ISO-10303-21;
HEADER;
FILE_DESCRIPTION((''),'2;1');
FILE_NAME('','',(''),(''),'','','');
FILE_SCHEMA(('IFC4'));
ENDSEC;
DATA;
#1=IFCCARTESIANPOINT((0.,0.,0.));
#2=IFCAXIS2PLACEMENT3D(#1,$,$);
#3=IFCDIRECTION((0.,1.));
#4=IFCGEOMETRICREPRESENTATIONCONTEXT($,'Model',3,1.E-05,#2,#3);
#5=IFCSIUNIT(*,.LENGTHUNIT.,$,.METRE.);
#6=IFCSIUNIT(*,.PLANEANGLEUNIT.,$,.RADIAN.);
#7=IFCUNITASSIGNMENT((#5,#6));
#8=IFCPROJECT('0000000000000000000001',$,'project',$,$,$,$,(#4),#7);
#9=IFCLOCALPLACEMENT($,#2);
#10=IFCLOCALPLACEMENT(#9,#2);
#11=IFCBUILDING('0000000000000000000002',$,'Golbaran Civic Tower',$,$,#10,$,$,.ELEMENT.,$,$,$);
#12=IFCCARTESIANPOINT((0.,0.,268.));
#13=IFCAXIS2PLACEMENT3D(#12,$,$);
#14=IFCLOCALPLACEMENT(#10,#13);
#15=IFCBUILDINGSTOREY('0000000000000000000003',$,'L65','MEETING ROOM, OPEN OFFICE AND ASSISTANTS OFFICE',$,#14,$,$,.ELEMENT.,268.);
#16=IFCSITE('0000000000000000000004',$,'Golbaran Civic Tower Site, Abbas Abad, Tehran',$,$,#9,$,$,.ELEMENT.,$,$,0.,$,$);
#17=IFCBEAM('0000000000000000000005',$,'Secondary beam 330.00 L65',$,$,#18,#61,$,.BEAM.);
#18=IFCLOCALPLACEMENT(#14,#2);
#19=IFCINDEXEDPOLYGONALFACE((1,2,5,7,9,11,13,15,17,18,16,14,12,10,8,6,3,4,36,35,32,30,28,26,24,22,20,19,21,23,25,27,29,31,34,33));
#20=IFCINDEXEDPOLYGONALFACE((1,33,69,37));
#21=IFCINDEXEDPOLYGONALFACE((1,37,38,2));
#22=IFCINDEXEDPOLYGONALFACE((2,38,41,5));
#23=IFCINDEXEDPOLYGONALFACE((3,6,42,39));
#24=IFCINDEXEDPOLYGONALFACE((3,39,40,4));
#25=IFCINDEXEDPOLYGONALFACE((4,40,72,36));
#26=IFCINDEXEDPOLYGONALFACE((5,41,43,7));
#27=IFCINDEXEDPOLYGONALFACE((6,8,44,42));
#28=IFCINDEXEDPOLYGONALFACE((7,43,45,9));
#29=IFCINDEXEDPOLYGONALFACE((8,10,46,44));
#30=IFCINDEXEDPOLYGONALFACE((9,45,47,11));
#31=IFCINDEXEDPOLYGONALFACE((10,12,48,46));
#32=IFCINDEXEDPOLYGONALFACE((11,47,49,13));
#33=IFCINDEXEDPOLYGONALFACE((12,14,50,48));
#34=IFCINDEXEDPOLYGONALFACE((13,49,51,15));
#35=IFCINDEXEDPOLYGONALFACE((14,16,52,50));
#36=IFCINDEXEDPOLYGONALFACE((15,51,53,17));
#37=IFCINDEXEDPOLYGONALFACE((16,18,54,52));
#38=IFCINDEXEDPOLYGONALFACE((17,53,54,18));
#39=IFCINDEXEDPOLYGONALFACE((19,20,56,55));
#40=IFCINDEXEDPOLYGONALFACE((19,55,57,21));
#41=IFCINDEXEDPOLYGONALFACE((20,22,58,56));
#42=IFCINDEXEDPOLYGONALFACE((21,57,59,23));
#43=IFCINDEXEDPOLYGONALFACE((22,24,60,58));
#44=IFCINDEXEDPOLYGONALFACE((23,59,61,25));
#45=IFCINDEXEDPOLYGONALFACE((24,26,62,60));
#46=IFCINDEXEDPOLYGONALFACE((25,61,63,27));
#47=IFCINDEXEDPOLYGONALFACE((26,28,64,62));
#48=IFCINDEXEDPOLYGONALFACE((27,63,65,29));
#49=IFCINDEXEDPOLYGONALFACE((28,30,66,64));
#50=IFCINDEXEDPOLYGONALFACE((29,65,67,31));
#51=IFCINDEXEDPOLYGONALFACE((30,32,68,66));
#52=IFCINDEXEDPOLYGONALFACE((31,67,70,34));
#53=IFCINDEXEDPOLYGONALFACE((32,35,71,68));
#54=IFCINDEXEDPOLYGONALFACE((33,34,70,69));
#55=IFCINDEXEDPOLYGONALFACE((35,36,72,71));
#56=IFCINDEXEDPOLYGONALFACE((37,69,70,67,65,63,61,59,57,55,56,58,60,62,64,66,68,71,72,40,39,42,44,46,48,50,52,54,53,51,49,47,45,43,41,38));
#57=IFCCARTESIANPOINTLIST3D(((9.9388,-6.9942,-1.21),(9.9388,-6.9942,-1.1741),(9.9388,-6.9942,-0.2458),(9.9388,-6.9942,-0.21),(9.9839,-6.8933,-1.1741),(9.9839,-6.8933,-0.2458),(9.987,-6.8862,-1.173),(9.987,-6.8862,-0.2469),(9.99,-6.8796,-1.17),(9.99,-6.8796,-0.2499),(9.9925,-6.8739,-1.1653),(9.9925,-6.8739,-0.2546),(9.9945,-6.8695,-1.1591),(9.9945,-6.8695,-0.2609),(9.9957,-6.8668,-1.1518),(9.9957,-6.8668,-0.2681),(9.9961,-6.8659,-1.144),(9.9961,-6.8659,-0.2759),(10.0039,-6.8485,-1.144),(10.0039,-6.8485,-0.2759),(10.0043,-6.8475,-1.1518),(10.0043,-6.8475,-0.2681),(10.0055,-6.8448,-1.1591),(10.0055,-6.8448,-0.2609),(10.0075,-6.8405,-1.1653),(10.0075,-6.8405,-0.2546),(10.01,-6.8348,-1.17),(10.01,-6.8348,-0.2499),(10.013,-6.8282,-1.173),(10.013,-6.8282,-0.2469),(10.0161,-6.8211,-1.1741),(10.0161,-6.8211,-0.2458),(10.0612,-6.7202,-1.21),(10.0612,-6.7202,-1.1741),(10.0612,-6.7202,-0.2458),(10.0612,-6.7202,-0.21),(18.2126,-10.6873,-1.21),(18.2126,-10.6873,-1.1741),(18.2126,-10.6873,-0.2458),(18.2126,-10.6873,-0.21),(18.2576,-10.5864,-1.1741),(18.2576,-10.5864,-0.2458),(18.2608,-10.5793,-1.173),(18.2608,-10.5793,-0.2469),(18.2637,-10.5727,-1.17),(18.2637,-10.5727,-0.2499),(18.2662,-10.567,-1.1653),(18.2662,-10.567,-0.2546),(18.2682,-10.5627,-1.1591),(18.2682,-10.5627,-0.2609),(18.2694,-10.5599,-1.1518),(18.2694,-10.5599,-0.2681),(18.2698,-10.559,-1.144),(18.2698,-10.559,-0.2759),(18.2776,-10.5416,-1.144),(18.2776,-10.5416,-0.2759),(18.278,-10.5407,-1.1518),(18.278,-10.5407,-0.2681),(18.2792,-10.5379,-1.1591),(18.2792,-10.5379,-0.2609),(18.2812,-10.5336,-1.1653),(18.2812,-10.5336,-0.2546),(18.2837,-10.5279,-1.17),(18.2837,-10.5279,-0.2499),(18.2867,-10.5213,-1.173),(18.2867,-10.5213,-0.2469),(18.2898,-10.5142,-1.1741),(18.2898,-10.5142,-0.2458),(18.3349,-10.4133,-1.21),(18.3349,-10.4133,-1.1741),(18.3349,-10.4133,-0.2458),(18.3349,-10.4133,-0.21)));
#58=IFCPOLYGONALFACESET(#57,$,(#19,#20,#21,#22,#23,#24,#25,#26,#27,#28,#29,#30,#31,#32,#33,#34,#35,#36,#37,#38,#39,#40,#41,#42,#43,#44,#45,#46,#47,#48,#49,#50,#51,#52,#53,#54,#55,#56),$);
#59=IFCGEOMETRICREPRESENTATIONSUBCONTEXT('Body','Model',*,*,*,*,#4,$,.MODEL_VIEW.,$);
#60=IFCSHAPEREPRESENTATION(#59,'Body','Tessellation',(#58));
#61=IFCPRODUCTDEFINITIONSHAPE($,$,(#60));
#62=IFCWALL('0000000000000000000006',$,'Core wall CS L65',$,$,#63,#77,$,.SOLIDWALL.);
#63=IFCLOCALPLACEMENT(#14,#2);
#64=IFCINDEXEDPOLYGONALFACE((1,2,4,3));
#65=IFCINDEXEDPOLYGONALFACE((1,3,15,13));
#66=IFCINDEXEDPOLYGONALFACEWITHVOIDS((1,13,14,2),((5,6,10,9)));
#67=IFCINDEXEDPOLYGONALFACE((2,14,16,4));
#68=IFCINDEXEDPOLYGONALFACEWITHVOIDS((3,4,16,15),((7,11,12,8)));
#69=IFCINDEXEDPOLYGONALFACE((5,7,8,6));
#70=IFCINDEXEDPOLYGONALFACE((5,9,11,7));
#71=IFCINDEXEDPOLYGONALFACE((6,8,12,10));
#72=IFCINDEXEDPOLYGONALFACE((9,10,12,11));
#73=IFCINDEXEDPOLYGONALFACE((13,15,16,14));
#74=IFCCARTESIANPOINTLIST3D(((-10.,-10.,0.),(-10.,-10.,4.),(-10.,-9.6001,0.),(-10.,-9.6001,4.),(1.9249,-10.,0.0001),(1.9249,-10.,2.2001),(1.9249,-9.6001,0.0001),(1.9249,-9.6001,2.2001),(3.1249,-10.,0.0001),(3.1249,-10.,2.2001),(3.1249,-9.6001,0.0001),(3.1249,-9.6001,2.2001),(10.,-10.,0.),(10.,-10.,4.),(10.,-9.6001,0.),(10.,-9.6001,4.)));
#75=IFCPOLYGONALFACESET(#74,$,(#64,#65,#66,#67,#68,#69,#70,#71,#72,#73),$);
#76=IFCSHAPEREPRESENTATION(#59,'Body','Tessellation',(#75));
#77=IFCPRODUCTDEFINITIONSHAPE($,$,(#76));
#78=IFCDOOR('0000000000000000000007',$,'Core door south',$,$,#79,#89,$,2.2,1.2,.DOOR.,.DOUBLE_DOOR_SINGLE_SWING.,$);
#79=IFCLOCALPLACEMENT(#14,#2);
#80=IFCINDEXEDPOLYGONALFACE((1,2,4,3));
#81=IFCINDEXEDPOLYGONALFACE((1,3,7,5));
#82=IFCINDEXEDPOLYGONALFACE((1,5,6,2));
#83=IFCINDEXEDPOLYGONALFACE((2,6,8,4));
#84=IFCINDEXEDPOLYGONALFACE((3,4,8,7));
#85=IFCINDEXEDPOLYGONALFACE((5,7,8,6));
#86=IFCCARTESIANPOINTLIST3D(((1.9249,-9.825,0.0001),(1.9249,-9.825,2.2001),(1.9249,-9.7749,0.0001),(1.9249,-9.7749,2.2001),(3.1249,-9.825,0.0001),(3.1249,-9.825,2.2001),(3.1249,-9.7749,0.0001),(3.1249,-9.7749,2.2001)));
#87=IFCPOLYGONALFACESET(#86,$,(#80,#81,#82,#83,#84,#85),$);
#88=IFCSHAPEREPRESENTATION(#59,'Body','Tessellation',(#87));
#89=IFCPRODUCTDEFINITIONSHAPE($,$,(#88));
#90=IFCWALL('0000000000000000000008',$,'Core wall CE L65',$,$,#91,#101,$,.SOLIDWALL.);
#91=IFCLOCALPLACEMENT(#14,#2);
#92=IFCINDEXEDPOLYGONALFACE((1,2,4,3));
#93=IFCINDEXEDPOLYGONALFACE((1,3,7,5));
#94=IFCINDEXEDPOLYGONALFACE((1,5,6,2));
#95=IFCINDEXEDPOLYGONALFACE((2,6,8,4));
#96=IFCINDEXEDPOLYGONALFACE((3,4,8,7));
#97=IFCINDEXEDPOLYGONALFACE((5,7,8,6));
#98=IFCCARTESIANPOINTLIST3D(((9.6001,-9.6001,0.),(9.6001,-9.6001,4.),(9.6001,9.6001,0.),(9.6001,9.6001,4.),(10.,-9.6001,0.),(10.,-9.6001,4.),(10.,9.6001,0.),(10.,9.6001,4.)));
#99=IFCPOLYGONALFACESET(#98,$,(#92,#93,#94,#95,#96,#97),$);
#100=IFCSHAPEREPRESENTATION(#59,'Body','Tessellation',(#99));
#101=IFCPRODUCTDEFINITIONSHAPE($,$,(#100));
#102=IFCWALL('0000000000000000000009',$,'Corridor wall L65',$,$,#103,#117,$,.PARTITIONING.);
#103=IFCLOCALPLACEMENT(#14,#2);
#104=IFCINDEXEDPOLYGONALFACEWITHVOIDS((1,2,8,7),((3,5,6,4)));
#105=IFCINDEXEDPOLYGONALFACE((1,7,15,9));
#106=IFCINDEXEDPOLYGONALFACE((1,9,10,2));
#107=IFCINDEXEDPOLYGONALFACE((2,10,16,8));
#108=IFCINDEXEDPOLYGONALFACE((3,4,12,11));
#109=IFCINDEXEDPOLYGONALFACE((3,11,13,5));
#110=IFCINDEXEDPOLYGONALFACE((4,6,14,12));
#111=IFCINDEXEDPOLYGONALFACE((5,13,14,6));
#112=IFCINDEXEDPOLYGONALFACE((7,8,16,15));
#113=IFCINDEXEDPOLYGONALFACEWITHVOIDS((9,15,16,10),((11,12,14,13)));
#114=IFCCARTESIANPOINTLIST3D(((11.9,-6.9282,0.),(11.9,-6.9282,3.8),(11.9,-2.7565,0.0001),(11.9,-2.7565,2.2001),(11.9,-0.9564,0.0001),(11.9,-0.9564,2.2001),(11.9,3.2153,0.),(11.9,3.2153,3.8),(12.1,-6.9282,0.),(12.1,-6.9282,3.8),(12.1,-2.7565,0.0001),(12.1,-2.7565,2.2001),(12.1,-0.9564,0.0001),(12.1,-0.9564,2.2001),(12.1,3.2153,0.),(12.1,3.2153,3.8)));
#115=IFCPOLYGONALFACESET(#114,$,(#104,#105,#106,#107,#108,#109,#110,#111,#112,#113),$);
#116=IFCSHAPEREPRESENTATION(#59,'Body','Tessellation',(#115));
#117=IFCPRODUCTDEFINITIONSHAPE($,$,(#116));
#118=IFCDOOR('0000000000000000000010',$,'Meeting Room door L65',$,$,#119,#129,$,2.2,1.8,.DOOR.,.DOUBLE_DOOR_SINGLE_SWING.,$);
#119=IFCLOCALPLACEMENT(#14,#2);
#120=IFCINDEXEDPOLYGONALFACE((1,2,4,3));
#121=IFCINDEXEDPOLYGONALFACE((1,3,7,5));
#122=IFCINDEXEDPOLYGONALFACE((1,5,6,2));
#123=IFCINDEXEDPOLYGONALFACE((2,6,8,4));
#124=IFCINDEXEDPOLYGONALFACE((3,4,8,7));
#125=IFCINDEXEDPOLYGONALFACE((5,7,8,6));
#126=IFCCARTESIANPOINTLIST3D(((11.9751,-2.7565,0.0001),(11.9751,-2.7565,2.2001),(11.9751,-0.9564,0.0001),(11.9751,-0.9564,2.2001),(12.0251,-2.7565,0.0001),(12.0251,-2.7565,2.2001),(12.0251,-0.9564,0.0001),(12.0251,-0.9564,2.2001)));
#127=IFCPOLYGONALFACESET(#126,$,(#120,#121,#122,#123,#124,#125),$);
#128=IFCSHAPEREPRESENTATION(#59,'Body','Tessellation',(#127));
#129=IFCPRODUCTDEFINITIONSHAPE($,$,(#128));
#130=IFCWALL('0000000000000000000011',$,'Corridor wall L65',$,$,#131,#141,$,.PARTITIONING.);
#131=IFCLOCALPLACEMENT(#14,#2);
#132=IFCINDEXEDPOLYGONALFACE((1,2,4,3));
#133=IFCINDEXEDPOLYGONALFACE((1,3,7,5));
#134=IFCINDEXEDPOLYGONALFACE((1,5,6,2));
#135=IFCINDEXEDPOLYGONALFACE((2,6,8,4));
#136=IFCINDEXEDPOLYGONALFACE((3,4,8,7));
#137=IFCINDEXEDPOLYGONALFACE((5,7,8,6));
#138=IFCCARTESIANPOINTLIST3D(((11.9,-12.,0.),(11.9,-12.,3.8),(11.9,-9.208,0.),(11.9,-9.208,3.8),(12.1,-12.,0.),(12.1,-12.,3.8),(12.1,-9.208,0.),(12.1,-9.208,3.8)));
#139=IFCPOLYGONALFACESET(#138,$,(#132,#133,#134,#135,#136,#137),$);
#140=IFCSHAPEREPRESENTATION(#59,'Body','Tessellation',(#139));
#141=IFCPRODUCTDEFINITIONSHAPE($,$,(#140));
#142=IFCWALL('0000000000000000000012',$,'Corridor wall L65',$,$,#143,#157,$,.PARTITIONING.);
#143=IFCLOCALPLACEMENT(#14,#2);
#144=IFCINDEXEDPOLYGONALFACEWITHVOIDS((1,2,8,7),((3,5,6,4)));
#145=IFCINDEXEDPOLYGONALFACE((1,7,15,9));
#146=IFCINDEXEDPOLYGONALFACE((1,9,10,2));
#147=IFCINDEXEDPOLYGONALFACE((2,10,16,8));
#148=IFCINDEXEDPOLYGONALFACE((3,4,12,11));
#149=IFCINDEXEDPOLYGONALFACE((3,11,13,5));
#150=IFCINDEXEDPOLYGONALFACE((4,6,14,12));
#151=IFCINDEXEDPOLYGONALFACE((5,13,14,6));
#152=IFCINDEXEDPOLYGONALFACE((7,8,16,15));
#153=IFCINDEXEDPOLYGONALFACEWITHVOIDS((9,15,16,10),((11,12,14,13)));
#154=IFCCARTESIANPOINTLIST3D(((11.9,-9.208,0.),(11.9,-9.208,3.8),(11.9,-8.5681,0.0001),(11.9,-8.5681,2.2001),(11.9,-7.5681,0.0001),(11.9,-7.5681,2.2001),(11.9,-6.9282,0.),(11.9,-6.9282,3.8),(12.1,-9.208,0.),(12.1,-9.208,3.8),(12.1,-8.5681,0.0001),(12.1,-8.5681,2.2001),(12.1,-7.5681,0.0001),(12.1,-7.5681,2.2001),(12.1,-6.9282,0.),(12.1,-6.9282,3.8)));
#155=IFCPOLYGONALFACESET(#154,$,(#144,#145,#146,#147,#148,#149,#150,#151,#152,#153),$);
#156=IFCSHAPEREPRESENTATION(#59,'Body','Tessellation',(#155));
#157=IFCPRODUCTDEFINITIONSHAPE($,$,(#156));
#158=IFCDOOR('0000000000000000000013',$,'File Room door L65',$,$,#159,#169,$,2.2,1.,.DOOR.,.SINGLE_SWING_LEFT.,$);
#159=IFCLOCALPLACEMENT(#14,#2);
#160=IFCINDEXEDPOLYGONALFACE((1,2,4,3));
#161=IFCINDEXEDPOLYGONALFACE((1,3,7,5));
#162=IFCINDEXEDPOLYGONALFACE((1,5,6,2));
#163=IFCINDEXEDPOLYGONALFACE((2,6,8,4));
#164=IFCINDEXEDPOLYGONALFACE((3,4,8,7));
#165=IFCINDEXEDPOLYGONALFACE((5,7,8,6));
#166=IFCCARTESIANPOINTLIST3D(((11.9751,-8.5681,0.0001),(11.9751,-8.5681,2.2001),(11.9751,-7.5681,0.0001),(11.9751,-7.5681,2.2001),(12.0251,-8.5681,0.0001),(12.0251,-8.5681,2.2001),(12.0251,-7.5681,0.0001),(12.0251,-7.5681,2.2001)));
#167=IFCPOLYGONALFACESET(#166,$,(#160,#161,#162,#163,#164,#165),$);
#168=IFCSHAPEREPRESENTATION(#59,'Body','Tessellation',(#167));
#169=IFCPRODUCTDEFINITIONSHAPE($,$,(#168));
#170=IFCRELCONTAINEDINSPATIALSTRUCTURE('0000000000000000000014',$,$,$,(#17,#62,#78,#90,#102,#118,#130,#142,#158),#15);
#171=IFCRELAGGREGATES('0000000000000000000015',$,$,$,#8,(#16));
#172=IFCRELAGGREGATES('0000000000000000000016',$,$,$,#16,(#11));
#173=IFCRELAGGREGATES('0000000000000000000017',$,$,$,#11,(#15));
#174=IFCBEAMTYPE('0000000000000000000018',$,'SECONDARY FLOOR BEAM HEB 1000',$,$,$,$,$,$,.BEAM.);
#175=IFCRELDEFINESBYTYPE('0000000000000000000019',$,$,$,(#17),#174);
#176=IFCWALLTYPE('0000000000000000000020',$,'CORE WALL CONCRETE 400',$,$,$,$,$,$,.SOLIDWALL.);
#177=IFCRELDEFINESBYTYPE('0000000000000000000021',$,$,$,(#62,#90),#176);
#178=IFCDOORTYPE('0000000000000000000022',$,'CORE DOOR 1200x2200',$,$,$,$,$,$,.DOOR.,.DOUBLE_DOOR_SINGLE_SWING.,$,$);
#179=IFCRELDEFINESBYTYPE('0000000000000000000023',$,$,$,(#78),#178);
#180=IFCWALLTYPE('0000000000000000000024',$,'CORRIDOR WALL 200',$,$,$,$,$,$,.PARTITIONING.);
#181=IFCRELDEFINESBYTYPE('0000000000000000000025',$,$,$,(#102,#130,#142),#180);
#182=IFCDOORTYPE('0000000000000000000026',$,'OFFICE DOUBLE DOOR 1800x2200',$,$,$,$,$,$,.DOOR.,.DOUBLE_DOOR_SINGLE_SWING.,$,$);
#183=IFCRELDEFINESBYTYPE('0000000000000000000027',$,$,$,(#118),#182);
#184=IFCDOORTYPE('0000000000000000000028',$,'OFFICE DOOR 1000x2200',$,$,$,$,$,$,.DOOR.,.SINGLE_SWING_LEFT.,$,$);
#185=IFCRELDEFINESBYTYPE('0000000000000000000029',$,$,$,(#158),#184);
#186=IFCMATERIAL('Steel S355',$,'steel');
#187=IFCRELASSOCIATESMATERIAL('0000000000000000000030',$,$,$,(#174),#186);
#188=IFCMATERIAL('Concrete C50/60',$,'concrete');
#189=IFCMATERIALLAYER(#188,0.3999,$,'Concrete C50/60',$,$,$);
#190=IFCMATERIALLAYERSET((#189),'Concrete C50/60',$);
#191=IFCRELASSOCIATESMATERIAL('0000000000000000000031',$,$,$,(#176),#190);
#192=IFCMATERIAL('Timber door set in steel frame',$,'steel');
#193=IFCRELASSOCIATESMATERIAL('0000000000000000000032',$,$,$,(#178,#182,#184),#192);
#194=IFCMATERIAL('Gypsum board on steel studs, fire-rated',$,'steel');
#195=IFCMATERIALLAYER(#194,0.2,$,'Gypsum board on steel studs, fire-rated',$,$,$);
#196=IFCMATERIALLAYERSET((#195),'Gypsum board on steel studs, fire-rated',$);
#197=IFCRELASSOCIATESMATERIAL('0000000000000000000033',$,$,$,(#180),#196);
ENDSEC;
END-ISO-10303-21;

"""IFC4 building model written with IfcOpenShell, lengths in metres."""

from ifc_helpers import new_model, si_unit, direction, frame, frame_2d, origin, origin_2d, place, context, subcontext, project, spatial, rectangle, i_section, extrude, material, layer, layer_set, material_profile, profile_set, type_object, element, fill, save


model = new_model("IFC4")

# Units and contexts
model_context = context("Model", 3, precision=1e-05, world=origin(), true_north=direction((0.0, 1.0)))
body_context = subcontext(model_context, "Body", "Model", "MODEL_VIEW")
ifc_project = project(units=[si_unit("LENGTHUNIT", "METRE"), si_unit("PLANEANGLEUNIT", "RADIAN")], contexts=[model_context])

# Site, building, storey
site_placement = place(None, origin())
site = spatial("IfcSite", under=ifc_project, at=site_placement, Name="Golbaran Civic Tower Site, Abbas Abad, Tehran", CompositionType="ELEMENT", RefElevation=0.0)
building_placement = place(site_placement, origin())
building = spatial("IfcBuilding", under=site, at=building_placement, Name="Golbaran Civic Tower", CompositionType="ELEMENT")
storey_placement = place(building_placement, frame((0.0, 0.0, 268.0)))
storey = spatial("IfcBuildingStorey", under=building, at=storey_placement, Name="L65", Description="MEETING ROOM, OPEN OFFICE AND ASSISTANTS OFFICE", CompositionType="ELEMENT", Elevation=268.0)

# Beam
ifc_material_1 = material(Name="Steel S355", Category="steel")
ifc_material_profile_1 = material_profile(ifc_material_1, i_section(OverallWidth=0.3, OverallDepth=1.0, WebThickness=0.019, FlangeThickness=0.0359, FilletRadius=0.03, at=origin_2d()), Name="HEB 1000")
ifc_profile_set_1 = profile_set([ifc_material_profile_1], Name="Steel S355")
beam_type_1 = type_object("IfcBeamType", Name="SECONDARY FLOOR BEAM HEB 1000", PredefinedType="BEAM", material=ifc_profile_set_1)
beam_1_placement = place(storey_placement, frame((10.0, -6.8572, -0.71), z_axis=(0.913158, -0.407606, 0.0), x_axis=(0.407606, 0.913158, 0.0)))
element("IfcBeam", 1, at=beam_1_placement, inside=storey, type_object=beam_type_1, Name="Secondary beam 330.00 L65", PredefinedType="BEAM", context=body_context, shape_type="SweptSolid", body=[
    extrude(i_section(OverallWidth=0.3, OverallDepth=1.0, WebThickness=0.019, FlangeThickness=0.0359, FilletRadius=0.03, at=origin_2d()), origin(), (0.0, 0.0, 1.0), 9.0605),
])

# Wall, opening, door
ifc_material_2 = material(Name="Concrete C50/60", Category="concrete")
ifc_layer_1 = layer(ifc_material_2, 0.3999, Name="Concrete C50/60")
ifc_layer_set_1 = layer_set([ifc_layer_1], Name="Concrete C50/60")
wall_type_1 = type_object("IfcWallType", Name="CORE WALL CONCRETE 400", PredefinedType="SOLIDWALL", material=ifc_layer_set_1)
wall_1_placement = place(storey_placement, frame((10.0, -9.8, 0.0), z_axis=(0.0, 0.0, 1.0), x_axis=(-1.0, 0.0, 0.0)))
wall_1 = element("IfcWall", 2, at=wall_1_placement, inside=storey, type_object=wall_type_1, Name="Core wall CS L65", PredefinedType="SOLIDWALL", context=body_context, shape_type="SweptSolid", body=[
    extrude(rectangle(XDim=20.0, YDim=0.3999, at=frame_2d((10.0, 0.0))), origin(), (0.0, 0.0, 1.0), 4.0),
])
opening_1_placement = place(wall_1_placement, frame((6.875, 0.0, 0.0)))
opening_1 = element("IfcOpeningElement", 3, at=opening_1_placement, cuts=wall_1, PredefinedType="OPENING", context=body_context, shape_type="SweptSolid", body=[
    extrude(rectangle(XDim=1.2, YDim=2.2, at=frame_2d((0.6001, 1.1001))), frame((0.0, 0.21, 0.0), z_axis=(0.0, -1.0, 0.0), x_axis=(1.0, 0.0, 0.0)), (0.0, 0.0, 1.0), 0.4199),
])
ifc_material_3 = material(Name="Timber door set in steel frame", Category="steel")
door_type_1 = type_object("IfcDoorType", Name="CORE DOOR 1200x2200", OperationType="DOUBLE_DOOR_SINGLE_SWING", PredefinedType="DOOR", material=ifc_material_3)
door_1_placement = place(opening_1_placement, origin())
door_1 = element("IfcDoor", 4, at=door_1_placement, inside=storey, type_object=door_type_1, Name="Core door south", OperationType="DOUBLE_DOOR_SINGLE_SWING", OverallHeight=2.2, OverallWidth=1.2, PredefinedType="DOOR", context=body_context, shape_type="SweptSolid", body=[
    extrude(rectangle(XDim=1.2, YDim=2.2, at=frame_2d((0.6001, 1.1001))), frame((0.0, 0.0249, 0.0), z_axis=(0.0, -1.0, 0.0), x_axis=(1.0, 0.0, 0.0)), (0.0, 0.0, 1.0), 0.05),
])
fill(opening_1, door_1)

# Wall
wall_2_placement = place(storey_placement, frame((9.8, -9.6001, 0.0), z_axis=(0.0, 0.0, 1.0), x_axis=(0.0, 1.0, 0.0)))
element("IfcWall", 5, at=wall_2_placement, inside=storey, type_object=wall_type_1, Name="Core wall CE L65", PredefinedType="SOLIDWALL", context=body_context, shape_type="SweptSolid", body=[
    extrude(rectangle(XDim=19.2002, YDim=0.3999, at=frame_2d((9.6001, 0.0))), origin(), (0.0, 0.0, 1.0), 4.0),
])

# Wall, opening, door
ifc_material_4 = material(Name="Gypsum board on steel studs, fire-rated", Category="steel")
ifc_layer_2 = layer(ifc_material_4, 0.2, Name="Gypsum board on steel studs, fire-rated")
ifc_layer_set_2 = layer_set([ifc_layer_2], Name="Gypsum board on steel studs, fire-rated")
wall_type_2 = type_object("IfcWallType", Name="CORRIDOR WALL 200", PredefinedType="PARTITIONING", material=ifc_layer_set_2)
wall_3_placement = place(storey_placement, frame((12.0, -6.9282, 0.0), z_axis=(0.0, 0.0, 1.0), x_axis=(0.0, 1.0, 0.0)))
wall_3 = element("IfcWall", 6, at=wall_3_placement, inside=storey, type_object=wall_type_2, Name="Corridor wall L65", PredefinedType="PARTITIONING", context=body_context, shape_type="SweptSolid", body=[
    extrude(rectangle(XDim=10.1436, YDim=0.2, at=frame_2d((5.0718, 0.0))), origin(), (0.0, 0.0, 1.0), 3.8),
])
opening_2_placement = place(wall_3_placement, frame((4.1719, 0.0, 0.0)))
opening_2 = element("IfcOpeningElement", 7, at=opening_2_placement, cuts=wall_3, PredefinedType="OPENING", context=body_context, shape_type="SweptSolid", body=[
    extrude(rectangle(XDim=1.8, YDim=2.2, at=frame_2d((0.8999, 1.1001))), frame((0.0, 0.1099, 0.0), z_axis=(0.0, -1.0, 0.0), x_axis=(1.0, 0.0, 0.0)), (0.0, 0.0, 1.0), 0.22),
])
door_type_2 = type_object("IfcDoorType", Name="OFFICE DOUBLE DOOR 1800x2200", OperationType="DOUBLE_DOOR_SINGLE_SWING", PredefinedType="DOOR", material=ifc_material_3)
door_2_placement = place(opening_2_placement, origin())
door_2 = element("IfcDoor", 8, at=door_2_placement, inside=storey, type_object=door_type_2, Name="Meeting Room door L65", OperationType="DOUBLE_DOOR_SINGLE_SWING", OverallHeight=2.2, OverallWidth=1.8, PredefinedType="DOOR", context=body_context, shape_type="SweptSolid", body=[
    extrude(rectangle(XDim=1.8, YDim=2.2, at=frame_2d((0.8999, 1.1001))), frame((0.0, 0.0249, 0.0), z_axis=(0.0, -1.0, 0.0), x_axis=(1.0, 0.0, 0.0)), (0.0, 0.0, 1.0), 0.05),
])
fill(opening_2, door_2)

# Wall
wall_4_placement = place(storey_placement, frame((12.0, -12.0, 0.0), z_axis=(0.0, 0.0, 1.0), x_axis=(0.0, 1.0, 0.0)))
element("IfcWall", 9, at=wall_4_placement, inside=storey, type_object=wall_type_2, Name="Corridor wall L65", PredefinedType="PARTITIONING", context=body_context, shape_type="SweptSolid", body=[
    extrude(rectangle(XDim=2.792, YDim=0.2, at=frame_2d((1.396, 0.0))), origin(), (0.0, 0.0, 1.0), 3.8),
])

# Wall, opening, door
wall_5_placement = place(storey_placement, frame((12.0, -9.208, 0.0), z_axis=(0.0, 0.0, 1.0), x_axis=(0.0, 1.0, 0.0)))
wall_5 = element("IfcWall", 10, at=wall_5_placement, inside=storey, type_object=wall_type_2, Name="Corridor wall L65", PredefinedType="PARTITIONING", context=body_context, shape_type="SweptSolid", body=[
    extrude(rectangle(XDim=2.2798, YDim=0.2, at=frame_2d((1.1399, 0.0))), origin(), (0.0, 0.0, 1.0), 3.8),
])
opening_3_placement = place(wall_5_placement, frame((0.6399, 0.0, 0.0)))
opening_3 = element("IfcOpeningElement", 11, at=opening_3_placement, cuts=wall_5, PredefinedType="OPENING", context=body_context, shape_type="SweptSolid", body=[
    extrude(rectangle(XDim=1.0, YDim=2.2, at=frame_2d((0.5, 1.1001))), frame((0.0, 0.1099, 0.0), z_axis=(0.0, -1.0, 0.0), x_axis=(1.0, 0.0, 0.0)), (0.0, 0.0, 1.0), 0.22),
])
door_type_3 = type_object("IfcDoorType", Name="OFFICE DOOR 1000x2200", OperationType="SINGLE_SWING_LEFT", PredefinedType="DOOR", material=ifc_material_3)
door_3_placement = place(opening_3_placement, origin())
door_3 = element("IfcDoor", 12, at=door_3_placement, inside=storey, type_object=door_type_3, Name="File Room door L65", OperationType="SINGLE_SWING_LEFT", OverallHeight=2.2, OverallWidth=1.0, PredefinedType="DOOR", context=body_context, shape_type="SweptSolid", body=[
    extrude(rectangle(XDim=1.0, YDim=2.2, at=frame_2d((0.5, 1.1001))), frame((0.0, 0.0249, 0.0), z_axis=(0.0, -1.0, 0.0), x_axis=(1.0, 0.0, 0.0)), (0.0, 0.0, 1.0), 0.05),
])
fill(opening_3, door_3)

save(model, "model.ifc")
